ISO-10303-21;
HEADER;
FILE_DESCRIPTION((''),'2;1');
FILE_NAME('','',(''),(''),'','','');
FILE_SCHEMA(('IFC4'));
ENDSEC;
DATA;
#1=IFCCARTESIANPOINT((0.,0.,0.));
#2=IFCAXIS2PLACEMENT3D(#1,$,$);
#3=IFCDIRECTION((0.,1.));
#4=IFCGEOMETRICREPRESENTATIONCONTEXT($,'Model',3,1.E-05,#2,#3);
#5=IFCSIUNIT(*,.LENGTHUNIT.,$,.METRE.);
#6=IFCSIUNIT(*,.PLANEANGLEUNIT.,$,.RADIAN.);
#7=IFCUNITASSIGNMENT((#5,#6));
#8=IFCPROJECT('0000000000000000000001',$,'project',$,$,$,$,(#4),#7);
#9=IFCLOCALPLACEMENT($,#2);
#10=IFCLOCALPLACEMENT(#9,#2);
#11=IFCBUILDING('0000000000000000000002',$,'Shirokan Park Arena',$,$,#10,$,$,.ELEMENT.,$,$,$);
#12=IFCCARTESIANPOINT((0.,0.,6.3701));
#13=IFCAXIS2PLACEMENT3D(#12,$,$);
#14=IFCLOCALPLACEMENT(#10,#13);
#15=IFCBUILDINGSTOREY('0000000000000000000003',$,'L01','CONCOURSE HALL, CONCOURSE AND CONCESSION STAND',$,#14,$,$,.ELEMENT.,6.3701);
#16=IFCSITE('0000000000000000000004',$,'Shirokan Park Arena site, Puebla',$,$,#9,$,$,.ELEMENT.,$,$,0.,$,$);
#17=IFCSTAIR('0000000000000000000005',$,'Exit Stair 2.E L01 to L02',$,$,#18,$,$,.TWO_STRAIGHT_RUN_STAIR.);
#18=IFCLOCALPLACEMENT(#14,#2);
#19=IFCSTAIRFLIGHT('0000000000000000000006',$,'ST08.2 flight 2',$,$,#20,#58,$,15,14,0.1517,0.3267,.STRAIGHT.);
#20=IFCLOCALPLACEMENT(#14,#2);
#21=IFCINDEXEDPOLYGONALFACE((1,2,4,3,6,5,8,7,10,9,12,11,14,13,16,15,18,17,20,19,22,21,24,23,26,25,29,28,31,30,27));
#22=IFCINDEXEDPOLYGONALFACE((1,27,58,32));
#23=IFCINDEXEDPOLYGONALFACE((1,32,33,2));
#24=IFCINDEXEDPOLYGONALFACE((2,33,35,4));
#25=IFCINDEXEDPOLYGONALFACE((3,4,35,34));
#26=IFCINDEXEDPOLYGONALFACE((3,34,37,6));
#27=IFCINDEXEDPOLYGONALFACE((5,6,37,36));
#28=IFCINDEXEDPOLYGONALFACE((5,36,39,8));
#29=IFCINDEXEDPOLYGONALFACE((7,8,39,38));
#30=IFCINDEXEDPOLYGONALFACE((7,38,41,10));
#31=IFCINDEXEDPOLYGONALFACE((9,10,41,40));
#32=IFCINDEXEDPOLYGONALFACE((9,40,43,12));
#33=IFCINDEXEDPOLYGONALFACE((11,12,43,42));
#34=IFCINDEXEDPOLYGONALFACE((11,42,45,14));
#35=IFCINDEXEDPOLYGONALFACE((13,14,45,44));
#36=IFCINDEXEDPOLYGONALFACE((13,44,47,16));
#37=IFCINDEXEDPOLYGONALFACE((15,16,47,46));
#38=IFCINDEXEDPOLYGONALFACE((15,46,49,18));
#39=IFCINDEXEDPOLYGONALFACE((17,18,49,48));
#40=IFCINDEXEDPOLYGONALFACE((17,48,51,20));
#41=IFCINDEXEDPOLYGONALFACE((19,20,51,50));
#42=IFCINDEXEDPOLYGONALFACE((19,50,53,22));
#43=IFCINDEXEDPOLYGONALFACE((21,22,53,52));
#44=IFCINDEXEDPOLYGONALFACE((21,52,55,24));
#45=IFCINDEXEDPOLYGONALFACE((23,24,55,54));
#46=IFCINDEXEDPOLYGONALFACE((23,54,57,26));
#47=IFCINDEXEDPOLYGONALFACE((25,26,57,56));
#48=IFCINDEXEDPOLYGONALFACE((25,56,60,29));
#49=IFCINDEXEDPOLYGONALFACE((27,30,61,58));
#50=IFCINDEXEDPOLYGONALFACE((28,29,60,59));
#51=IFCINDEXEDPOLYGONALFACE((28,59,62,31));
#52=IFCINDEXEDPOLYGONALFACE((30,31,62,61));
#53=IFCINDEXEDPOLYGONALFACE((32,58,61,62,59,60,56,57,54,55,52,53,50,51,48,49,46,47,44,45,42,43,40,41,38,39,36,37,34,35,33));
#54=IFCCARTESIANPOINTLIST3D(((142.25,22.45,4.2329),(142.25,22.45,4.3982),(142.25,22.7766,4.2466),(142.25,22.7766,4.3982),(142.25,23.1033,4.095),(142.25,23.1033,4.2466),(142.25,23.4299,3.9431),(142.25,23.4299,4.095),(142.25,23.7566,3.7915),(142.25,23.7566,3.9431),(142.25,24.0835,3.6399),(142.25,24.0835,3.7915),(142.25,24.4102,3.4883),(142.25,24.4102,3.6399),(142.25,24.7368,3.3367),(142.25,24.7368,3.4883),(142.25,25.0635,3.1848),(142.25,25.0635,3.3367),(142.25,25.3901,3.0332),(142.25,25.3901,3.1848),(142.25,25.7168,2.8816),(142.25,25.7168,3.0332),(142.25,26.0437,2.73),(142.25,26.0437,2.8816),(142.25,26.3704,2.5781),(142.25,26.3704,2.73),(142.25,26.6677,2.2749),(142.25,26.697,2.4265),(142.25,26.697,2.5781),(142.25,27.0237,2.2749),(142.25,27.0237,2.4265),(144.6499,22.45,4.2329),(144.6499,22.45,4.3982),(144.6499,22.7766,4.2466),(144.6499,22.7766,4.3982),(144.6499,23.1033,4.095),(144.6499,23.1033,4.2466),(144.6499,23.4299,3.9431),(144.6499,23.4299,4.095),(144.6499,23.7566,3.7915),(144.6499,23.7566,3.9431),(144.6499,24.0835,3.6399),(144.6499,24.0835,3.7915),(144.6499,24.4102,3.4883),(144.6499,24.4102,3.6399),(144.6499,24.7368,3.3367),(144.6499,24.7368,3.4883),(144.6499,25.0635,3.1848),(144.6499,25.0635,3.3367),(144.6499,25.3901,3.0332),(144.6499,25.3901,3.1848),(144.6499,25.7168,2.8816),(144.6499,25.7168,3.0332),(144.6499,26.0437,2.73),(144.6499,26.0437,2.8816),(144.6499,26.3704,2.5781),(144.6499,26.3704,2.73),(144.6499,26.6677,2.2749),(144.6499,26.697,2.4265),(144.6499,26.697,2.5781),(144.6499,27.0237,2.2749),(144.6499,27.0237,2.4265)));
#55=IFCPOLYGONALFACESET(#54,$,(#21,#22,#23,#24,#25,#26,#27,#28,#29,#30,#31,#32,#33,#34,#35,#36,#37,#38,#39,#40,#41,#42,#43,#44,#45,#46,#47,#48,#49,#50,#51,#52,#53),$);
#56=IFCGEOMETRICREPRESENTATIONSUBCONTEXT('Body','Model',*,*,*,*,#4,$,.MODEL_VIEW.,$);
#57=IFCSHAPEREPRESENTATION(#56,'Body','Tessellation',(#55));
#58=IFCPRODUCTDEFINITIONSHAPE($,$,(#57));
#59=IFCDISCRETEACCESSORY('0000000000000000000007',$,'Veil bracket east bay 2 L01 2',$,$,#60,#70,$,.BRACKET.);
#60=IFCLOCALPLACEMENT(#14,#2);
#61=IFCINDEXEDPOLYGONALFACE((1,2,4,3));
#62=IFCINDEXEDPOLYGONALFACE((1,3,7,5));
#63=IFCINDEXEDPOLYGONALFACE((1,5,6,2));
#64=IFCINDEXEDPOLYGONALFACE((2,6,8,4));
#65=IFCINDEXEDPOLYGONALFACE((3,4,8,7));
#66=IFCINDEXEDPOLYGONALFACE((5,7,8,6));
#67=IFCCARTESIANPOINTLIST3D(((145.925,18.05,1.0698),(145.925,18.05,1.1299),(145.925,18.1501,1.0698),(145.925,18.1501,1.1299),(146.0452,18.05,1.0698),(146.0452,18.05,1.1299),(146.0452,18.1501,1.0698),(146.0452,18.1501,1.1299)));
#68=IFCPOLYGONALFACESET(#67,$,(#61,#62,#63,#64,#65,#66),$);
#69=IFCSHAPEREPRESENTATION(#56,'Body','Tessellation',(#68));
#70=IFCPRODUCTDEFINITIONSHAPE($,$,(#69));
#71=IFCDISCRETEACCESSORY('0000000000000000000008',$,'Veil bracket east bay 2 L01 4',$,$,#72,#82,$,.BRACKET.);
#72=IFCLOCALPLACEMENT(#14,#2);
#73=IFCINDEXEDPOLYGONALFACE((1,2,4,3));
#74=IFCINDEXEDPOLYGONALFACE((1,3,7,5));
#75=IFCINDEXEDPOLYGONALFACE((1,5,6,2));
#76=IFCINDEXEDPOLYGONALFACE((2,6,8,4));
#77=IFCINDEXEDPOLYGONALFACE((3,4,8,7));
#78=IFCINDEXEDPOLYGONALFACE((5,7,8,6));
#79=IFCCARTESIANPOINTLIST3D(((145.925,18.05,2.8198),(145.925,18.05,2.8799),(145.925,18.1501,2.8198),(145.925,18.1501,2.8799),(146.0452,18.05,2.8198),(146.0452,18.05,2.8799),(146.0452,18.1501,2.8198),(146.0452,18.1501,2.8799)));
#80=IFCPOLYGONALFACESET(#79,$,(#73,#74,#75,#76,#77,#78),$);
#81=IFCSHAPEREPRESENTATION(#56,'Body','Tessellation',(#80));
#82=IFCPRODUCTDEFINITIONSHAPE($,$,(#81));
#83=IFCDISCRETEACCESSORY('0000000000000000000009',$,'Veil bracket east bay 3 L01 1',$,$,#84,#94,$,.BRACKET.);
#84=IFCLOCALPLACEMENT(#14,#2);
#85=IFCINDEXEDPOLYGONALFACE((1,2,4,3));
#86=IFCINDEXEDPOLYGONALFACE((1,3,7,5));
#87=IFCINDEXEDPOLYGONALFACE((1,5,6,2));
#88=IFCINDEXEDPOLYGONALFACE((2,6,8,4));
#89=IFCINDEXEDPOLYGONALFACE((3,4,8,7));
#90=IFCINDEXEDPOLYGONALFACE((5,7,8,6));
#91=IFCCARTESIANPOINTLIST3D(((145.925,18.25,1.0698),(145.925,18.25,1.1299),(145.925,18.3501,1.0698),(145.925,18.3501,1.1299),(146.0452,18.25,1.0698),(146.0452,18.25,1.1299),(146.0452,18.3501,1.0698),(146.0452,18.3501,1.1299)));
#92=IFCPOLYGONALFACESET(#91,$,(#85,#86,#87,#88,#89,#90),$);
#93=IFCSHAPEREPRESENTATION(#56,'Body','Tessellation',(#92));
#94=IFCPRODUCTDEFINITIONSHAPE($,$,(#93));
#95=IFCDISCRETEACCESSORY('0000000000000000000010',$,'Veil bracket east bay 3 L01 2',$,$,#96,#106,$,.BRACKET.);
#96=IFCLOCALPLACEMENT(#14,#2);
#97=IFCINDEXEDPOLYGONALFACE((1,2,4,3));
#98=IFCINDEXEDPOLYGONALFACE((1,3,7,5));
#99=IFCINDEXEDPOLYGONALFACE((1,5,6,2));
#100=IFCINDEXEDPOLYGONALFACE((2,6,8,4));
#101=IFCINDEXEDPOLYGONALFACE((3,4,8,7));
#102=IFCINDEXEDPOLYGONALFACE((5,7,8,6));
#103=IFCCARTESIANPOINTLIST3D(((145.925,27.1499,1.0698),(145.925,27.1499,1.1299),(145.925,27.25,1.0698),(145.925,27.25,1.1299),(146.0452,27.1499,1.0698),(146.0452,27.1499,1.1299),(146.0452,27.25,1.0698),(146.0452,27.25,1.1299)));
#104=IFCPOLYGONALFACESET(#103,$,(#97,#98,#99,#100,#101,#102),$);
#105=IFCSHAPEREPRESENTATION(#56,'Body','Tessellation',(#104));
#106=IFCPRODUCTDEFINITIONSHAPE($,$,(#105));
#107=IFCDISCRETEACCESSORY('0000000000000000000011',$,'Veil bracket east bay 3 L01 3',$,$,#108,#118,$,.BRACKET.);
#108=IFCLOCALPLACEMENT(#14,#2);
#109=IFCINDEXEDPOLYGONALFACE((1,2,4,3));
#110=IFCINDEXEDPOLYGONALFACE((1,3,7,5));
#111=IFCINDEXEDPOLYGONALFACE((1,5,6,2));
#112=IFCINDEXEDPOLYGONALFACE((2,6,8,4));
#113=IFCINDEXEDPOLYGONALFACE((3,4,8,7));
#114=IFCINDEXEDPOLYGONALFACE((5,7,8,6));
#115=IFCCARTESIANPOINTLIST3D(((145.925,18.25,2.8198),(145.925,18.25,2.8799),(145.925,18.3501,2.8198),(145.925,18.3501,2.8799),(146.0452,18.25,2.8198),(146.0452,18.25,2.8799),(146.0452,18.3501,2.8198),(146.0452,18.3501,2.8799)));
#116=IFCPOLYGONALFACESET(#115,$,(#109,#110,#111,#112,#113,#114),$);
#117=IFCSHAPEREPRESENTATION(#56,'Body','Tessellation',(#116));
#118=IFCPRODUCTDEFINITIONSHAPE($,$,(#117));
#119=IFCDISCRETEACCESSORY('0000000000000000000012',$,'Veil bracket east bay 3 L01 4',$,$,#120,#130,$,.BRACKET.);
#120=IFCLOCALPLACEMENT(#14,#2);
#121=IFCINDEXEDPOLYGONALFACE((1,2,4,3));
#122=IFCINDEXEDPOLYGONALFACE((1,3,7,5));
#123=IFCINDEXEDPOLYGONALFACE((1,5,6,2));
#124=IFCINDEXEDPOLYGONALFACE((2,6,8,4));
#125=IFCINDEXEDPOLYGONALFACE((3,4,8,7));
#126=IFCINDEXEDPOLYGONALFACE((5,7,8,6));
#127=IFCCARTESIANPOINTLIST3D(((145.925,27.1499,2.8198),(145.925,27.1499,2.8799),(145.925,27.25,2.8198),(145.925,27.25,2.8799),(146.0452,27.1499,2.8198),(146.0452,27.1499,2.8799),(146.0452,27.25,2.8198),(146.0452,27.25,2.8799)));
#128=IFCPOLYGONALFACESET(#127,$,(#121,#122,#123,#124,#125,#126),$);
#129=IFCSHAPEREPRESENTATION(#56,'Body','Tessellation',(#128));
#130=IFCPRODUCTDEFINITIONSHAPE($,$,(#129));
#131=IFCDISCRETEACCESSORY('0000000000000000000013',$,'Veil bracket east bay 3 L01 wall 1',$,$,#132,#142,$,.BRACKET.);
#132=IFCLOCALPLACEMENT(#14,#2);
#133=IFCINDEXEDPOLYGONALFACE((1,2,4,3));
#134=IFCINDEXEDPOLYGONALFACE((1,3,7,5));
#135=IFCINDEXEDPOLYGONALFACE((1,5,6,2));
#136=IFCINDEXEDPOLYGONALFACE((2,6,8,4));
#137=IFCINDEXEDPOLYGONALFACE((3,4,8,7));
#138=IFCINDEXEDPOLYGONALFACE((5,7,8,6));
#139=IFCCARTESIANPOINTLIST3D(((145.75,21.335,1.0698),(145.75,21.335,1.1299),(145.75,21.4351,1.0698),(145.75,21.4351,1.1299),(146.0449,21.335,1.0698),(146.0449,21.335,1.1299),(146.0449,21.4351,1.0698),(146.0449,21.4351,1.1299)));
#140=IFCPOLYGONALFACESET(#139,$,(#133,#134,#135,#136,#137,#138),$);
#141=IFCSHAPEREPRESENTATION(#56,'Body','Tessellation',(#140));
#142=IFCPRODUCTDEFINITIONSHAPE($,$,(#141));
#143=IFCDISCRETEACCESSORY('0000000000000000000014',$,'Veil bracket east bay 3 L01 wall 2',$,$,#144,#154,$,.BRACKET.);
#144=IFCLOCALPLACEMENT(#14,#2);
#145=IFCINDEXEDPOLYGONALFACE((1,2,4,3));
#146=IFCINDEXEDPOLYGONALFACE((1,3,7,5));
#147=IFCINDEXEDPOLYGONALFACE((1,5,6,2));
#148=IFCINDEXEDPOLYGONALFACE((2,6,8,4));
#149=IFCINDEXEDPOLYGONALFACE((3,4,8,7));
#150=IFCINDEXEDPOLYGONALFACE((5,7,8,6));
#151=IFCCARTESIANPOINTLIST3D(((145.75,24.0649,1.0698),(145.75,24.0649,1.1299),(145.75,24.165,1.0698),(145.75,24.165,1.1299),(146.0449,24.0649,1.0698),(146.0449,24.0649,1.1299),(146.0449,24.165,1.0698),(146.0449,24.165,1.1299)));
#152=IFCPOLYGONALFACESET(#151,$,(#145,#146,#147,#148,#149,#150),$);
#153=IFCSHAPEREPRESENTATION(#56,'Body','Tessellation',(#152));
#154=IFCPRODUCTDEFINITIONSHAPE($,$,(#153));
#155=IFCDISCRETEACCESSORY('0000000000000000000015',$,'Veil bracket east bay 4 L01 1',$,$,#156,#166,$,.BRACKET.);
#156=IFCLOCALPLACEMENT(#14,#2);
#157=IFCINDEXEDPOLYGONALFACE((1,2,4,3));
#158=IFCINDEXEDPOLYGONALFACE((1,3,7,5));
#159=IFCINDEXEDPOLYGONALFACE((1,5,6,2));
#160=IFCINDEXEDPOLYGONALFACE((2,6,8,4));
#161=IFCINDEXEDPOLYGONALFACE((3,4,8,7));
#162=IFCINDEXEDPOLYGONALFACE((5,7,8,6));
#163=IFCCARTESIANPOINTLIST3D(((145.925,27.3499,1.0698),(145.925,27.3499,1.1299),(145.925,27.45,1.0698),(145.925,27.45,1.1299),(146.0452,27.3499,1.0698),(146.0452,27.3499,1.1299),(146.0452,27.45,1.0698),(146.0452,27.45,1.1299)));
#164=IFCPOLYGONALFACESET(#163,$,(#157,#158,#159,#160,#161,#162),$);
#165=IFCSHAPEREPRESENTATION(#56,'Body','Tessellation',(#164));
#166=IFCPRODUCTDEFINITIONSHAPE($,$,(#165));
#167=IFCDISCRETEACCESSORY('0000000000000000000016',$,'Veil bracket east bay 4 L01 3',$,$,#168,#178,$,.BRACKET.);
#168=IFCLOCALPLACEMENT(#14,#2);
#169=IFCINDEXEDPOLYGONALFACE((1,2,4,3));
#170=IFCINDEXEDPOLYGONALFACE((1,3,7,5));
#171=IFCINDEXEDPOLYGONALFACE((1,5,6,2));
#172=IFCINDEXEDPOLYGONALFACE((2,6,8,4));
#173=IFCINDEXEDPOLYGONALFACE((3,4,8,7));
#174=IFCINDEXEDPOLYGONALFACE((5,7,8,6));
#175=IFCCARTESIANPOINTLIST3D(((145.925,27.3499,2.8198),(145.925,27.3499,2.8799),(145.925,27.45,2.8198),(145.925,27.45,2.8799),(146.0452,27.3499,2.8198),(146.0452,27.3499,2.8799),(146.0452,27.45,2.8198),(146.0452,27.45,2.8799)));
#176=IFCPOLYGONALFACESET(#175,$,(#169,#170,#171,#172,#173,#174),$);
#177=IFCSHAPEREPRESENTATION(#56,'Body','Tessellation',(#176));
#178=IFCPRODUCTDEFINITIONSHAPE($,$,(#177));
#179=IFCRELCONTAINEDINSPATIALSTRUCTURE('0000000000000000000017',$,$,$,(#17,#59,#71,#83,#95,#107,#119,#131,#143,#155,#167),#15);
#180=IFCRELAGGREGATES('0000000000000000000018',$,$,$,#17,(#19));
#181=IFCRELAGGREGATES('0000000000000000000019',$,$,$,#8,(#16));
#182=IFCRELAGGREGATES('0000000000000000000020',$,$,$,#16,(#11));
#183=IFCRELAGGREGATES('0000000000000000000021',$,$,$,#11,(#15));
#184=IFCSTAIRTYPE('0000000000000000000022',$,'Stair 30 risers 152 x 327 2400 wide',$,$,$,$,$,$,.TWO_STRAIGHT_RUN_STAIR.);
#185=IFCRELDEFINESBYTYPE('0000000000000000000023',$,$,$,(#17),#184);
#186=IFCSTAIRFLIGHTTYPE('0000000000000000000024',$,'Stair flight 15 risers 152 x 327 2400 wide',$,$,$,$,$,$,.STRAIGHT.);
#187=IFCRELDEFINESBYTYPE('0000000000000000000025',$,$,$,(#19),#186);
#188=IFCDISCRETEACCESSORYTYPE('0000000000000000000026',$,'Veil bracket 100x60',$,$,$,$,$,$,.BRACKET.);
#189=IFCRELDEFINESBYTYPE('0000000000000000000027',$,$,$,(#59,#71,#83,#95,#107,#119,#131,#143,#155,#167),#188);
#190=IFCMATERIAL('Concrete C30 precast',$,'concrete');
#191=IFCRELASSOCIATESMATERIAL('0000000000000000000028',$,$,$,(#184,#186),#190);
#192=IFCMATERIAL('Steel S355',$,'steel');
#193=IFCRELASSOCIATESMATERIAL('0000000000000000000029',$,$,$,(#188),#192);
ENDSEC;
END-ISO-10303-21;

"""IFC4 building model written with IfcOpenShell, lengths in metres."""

from ifc_helpers import new_model, si_unit, direction, frame, origin, origin_2d, place, context, subcontext, project, spatial, polyline, rectangle, outline, extrude, material, type_object, element, aggregate, save


model = new_model("IFC4")

# Units and contexts
model_context = context("Model", 3, precision=1e-05, world=origin(), true_north=direction((0.0, 1.0)))
body_context = subcontext(model_context, "Body", "Model", "MODEL_VIEW")
ifc_project = project(units=[si_unit("LENGTHUNIT", "METRE"), si_unit("PLANEANGLEUNIT", "RADIAN")], contexts=[model_context])

# Site, building, storey
site_placement = place(None, origin())
site = spatial("IfcSite", under=ifc_project, at=site_placement, Name="Shirokan Park Arena site, Puebla", CompositionType="ELEMENT", RefElevation=0.0)
building_placement = place(site_placement, origin())
building = spatial("IfcBuilding", under=site, at=building_placement, Name="Shirokan Park Arena", CompositionType="ELEMENT")
storey_placement = place(building_placement, frame((0.0, 0.0, 6.3701)))
storey = spatial("IfcBuildingStorey", under=building, at=storey_placement, Name="L01", Description="CONCOURSE HALL, CONCOURSE AND CONCESSION STAND", CompositionType="ELEMENT", Elevation=6.3701)

# Shared definitions
ifc_material_1 = material(Name="Steel S355", Category="steel")

# Stair, stair flight
ifc_material_2 = material(Name="Concrete C30 precast", Category="concrete")
stair_type = type_object("IfcStairType", Name="Stair 30 risers 152 x 327 2400 wide", PredefinedType="TWO_STRAIGHT_RUN_STAIR", material=ifc_material_2)
stair_placement = place(storey_placement, origin())
stair = element("IfcStair", 1, at=stair_placement, inside=storey, type_object=stair_type, Name="Exit Stair 2.E L01 to L02", PredefinedType="TWO_STRAIGHT_RUN_STAIR")
stair_flight_type = type_object("IfcStairFlightType", Name="Stair flight 15 risers 152 x 327 2400 wide", PredefinedType="STRAIGHT", material=ifc_material_2)
stair_flight_placement = place(storey_placement, frame((143.45, 27.0237, 2.2749), z_axis=(0.0, 0.0, 1.0), x_axis=(0.0, -1.0, 0.0)))
stair_flight = element("IfcStairFlight", 2, at=stair_flight_placement, type_object=stair_flight_type, Name="ST08.2 flight 2", NumberOfRisers=15, NumberOfTreads=14, PredefinedType="STRAIGHT", RiserHeight=0.1517, TreadLength=0.3267, context=body_context, shape_type="SweptSolid", body=[
    extrude(outline(polyline([(0.0, 0.0), (0.0, 0.1516), (0.3267, 0.1516), (0.3267, 0.3032), (0.6533, 0.3032), (0.6533, 0.4551), (0.98, 0.4551), (0.98, 0.6067), (1.3069, 0.6067), (1.3069, 0.7583), (1.6335, 0.7583), (1.6335, 0.9099), (1.9602, 0.9099), (1.9602, 1.0618), (2.2869, 1.0618), (2.2869, 1.2134), (2.6135, 1.2134), (2.6135, 1.365), (2.9402, 1.365), (2.9402, 1.5166), (3.2671, 1.5166), (3.2671, 1.6682), (3.5938, 1.6682), (3.5938, 1.8201), (3.9204, 1.8201), (3.9204, 1.9717), (4.2471, 1.9717), (4.2471, 2.1233), (4.5737, 2.1233), (4.5737, 2.2749), (4.5737, 1.958), (0.356, 0.0), (0.0, 0.0)])), frame((0.0, 1.2, 0.0), z_axis=(0.0, -1.0, 0.0), x_axis=(1.0, 0.0, 0.0)), (0.0, 0.0, 1.0), 2.3999),
])
aggregate(stair, [stair_flight])

# Discrete accessories
discrete_accessory_type = type_object("IfcDiscreteAccessoryType", Name="Veil bracket 100x60", PredefinedType="BRACKET", material=ifc_material_1)
for number, where, z_axis, x_axis, name in (
    (3, (145.9851, 18.1001, 1.0698), (0.0, 0.0, 1.0), (0.0, 1.0, 0.0), "Veil bracket east bay 2 L01 2"),
    (4, (145.9851, 18.1001, 2.8198), (0.0, 0.0, 1.0), (0.0, 1.0, 0.0), "Veil bracket east bay 2 L01 4"),
    (5, (145.9851, 18.3, 1.0698), (0.0, 0.0, 1.0), (0.0, 1.0, 0.0), "Veil bracket east bay 3 L01 1"),
    (6, (145.9851, 27.2, 1.0698), (0.0, 0.0, 1.0), (0.0, 1.0, 0.0), "Veil bracket east bay 3 L01 2"),
    (7, (145.9851, 18.3, 2.8198), (0.0, 0.0, 1.0), (0.0, 1.0, 0.0), "Veil bracket east bay 3 L01 3"),
    (8, (145.9851, 27.2, 2.8198), (0.0, 0.0, 1.0), (0.0, 1.0, 0.0), "Veil bracket east bay 3 L01 4"),
):
    element("IfcDiscreteAccessory", number, at=place(storey_placement, frame(where, z_axis=z_axis, x_axis=x_axis)), inside=storey, type_object=discrete_accessory_type, Name=name, PredefinedType="BRACKET", context=body_context, shape_type="SweptSolid", body=[
        extrude(rectangle(XDim=0.1001, YDim=0.1201, at=origin_2d()), origin(), (0.0, 0.0, 1.0), 0.0601),
    ])
for number, where, z_axis, x_axis, name in (
    (9, (145.8975, 21.385, 1.0698), (0.0, 0.0, 1.0), (0.0, 1.0, 0.0), "Veil bracket east bay 3 L01 wall 1"),
    (10, (145.8975, 24.115, 1.0698), (0.0, 0.0, 1.0), (0.0, 1.0, 0.0), "Veil bracket east bay 3 L01 wall 2"),
):
    element("IfcDiscreteAccessory", number, at=place(storey_placement, frame(where, z_axis=z_axis, x_axis=x_axis)), inside=storey, type_object=discrete_accessory_type, Name=name, PredefinedType="BRACKET", context=body_context, shape_type="SweptSolid", body=[
        extrude(rectangle(XDim=0.1001, YDim=0.2949, at=origin_2d()), origin(), (0.0, 0.0, 1.0), 0.0601),
    ])
for number, where, z_axis, x_axis, name in (
    (11, (145.9851, 27.3999, 1.0698), (0.0, 0.0, 1.0), (0.0, 1.0, 0.0), "Veil bracket east bay 4 L01 1"),
    (12, (145.9851, 27.3999, 2.8198), (0.0, 0.0, 1.0), (0.0, 1.0, 0.0), "Veil bracket east bay 4 L01 3"),
):
    element("IfcDiscreteAccessory", number, at=place(storey_placement, frame(where, z_axis=z_axis, x_axis=x_axis)), inside=storey, type_object=discrete_accessory_type, Name=name, PredefinedType="BRACKET", context=body_context, shape_type="SweptSolid", body=[
        extrude(rectangle(XDim=0.1001, YDim=0.1201, at=origin_2d()), origin(), (0.0, 0.0, 1.0), 0.0601),
    ])

save(model, "model.ifc")
